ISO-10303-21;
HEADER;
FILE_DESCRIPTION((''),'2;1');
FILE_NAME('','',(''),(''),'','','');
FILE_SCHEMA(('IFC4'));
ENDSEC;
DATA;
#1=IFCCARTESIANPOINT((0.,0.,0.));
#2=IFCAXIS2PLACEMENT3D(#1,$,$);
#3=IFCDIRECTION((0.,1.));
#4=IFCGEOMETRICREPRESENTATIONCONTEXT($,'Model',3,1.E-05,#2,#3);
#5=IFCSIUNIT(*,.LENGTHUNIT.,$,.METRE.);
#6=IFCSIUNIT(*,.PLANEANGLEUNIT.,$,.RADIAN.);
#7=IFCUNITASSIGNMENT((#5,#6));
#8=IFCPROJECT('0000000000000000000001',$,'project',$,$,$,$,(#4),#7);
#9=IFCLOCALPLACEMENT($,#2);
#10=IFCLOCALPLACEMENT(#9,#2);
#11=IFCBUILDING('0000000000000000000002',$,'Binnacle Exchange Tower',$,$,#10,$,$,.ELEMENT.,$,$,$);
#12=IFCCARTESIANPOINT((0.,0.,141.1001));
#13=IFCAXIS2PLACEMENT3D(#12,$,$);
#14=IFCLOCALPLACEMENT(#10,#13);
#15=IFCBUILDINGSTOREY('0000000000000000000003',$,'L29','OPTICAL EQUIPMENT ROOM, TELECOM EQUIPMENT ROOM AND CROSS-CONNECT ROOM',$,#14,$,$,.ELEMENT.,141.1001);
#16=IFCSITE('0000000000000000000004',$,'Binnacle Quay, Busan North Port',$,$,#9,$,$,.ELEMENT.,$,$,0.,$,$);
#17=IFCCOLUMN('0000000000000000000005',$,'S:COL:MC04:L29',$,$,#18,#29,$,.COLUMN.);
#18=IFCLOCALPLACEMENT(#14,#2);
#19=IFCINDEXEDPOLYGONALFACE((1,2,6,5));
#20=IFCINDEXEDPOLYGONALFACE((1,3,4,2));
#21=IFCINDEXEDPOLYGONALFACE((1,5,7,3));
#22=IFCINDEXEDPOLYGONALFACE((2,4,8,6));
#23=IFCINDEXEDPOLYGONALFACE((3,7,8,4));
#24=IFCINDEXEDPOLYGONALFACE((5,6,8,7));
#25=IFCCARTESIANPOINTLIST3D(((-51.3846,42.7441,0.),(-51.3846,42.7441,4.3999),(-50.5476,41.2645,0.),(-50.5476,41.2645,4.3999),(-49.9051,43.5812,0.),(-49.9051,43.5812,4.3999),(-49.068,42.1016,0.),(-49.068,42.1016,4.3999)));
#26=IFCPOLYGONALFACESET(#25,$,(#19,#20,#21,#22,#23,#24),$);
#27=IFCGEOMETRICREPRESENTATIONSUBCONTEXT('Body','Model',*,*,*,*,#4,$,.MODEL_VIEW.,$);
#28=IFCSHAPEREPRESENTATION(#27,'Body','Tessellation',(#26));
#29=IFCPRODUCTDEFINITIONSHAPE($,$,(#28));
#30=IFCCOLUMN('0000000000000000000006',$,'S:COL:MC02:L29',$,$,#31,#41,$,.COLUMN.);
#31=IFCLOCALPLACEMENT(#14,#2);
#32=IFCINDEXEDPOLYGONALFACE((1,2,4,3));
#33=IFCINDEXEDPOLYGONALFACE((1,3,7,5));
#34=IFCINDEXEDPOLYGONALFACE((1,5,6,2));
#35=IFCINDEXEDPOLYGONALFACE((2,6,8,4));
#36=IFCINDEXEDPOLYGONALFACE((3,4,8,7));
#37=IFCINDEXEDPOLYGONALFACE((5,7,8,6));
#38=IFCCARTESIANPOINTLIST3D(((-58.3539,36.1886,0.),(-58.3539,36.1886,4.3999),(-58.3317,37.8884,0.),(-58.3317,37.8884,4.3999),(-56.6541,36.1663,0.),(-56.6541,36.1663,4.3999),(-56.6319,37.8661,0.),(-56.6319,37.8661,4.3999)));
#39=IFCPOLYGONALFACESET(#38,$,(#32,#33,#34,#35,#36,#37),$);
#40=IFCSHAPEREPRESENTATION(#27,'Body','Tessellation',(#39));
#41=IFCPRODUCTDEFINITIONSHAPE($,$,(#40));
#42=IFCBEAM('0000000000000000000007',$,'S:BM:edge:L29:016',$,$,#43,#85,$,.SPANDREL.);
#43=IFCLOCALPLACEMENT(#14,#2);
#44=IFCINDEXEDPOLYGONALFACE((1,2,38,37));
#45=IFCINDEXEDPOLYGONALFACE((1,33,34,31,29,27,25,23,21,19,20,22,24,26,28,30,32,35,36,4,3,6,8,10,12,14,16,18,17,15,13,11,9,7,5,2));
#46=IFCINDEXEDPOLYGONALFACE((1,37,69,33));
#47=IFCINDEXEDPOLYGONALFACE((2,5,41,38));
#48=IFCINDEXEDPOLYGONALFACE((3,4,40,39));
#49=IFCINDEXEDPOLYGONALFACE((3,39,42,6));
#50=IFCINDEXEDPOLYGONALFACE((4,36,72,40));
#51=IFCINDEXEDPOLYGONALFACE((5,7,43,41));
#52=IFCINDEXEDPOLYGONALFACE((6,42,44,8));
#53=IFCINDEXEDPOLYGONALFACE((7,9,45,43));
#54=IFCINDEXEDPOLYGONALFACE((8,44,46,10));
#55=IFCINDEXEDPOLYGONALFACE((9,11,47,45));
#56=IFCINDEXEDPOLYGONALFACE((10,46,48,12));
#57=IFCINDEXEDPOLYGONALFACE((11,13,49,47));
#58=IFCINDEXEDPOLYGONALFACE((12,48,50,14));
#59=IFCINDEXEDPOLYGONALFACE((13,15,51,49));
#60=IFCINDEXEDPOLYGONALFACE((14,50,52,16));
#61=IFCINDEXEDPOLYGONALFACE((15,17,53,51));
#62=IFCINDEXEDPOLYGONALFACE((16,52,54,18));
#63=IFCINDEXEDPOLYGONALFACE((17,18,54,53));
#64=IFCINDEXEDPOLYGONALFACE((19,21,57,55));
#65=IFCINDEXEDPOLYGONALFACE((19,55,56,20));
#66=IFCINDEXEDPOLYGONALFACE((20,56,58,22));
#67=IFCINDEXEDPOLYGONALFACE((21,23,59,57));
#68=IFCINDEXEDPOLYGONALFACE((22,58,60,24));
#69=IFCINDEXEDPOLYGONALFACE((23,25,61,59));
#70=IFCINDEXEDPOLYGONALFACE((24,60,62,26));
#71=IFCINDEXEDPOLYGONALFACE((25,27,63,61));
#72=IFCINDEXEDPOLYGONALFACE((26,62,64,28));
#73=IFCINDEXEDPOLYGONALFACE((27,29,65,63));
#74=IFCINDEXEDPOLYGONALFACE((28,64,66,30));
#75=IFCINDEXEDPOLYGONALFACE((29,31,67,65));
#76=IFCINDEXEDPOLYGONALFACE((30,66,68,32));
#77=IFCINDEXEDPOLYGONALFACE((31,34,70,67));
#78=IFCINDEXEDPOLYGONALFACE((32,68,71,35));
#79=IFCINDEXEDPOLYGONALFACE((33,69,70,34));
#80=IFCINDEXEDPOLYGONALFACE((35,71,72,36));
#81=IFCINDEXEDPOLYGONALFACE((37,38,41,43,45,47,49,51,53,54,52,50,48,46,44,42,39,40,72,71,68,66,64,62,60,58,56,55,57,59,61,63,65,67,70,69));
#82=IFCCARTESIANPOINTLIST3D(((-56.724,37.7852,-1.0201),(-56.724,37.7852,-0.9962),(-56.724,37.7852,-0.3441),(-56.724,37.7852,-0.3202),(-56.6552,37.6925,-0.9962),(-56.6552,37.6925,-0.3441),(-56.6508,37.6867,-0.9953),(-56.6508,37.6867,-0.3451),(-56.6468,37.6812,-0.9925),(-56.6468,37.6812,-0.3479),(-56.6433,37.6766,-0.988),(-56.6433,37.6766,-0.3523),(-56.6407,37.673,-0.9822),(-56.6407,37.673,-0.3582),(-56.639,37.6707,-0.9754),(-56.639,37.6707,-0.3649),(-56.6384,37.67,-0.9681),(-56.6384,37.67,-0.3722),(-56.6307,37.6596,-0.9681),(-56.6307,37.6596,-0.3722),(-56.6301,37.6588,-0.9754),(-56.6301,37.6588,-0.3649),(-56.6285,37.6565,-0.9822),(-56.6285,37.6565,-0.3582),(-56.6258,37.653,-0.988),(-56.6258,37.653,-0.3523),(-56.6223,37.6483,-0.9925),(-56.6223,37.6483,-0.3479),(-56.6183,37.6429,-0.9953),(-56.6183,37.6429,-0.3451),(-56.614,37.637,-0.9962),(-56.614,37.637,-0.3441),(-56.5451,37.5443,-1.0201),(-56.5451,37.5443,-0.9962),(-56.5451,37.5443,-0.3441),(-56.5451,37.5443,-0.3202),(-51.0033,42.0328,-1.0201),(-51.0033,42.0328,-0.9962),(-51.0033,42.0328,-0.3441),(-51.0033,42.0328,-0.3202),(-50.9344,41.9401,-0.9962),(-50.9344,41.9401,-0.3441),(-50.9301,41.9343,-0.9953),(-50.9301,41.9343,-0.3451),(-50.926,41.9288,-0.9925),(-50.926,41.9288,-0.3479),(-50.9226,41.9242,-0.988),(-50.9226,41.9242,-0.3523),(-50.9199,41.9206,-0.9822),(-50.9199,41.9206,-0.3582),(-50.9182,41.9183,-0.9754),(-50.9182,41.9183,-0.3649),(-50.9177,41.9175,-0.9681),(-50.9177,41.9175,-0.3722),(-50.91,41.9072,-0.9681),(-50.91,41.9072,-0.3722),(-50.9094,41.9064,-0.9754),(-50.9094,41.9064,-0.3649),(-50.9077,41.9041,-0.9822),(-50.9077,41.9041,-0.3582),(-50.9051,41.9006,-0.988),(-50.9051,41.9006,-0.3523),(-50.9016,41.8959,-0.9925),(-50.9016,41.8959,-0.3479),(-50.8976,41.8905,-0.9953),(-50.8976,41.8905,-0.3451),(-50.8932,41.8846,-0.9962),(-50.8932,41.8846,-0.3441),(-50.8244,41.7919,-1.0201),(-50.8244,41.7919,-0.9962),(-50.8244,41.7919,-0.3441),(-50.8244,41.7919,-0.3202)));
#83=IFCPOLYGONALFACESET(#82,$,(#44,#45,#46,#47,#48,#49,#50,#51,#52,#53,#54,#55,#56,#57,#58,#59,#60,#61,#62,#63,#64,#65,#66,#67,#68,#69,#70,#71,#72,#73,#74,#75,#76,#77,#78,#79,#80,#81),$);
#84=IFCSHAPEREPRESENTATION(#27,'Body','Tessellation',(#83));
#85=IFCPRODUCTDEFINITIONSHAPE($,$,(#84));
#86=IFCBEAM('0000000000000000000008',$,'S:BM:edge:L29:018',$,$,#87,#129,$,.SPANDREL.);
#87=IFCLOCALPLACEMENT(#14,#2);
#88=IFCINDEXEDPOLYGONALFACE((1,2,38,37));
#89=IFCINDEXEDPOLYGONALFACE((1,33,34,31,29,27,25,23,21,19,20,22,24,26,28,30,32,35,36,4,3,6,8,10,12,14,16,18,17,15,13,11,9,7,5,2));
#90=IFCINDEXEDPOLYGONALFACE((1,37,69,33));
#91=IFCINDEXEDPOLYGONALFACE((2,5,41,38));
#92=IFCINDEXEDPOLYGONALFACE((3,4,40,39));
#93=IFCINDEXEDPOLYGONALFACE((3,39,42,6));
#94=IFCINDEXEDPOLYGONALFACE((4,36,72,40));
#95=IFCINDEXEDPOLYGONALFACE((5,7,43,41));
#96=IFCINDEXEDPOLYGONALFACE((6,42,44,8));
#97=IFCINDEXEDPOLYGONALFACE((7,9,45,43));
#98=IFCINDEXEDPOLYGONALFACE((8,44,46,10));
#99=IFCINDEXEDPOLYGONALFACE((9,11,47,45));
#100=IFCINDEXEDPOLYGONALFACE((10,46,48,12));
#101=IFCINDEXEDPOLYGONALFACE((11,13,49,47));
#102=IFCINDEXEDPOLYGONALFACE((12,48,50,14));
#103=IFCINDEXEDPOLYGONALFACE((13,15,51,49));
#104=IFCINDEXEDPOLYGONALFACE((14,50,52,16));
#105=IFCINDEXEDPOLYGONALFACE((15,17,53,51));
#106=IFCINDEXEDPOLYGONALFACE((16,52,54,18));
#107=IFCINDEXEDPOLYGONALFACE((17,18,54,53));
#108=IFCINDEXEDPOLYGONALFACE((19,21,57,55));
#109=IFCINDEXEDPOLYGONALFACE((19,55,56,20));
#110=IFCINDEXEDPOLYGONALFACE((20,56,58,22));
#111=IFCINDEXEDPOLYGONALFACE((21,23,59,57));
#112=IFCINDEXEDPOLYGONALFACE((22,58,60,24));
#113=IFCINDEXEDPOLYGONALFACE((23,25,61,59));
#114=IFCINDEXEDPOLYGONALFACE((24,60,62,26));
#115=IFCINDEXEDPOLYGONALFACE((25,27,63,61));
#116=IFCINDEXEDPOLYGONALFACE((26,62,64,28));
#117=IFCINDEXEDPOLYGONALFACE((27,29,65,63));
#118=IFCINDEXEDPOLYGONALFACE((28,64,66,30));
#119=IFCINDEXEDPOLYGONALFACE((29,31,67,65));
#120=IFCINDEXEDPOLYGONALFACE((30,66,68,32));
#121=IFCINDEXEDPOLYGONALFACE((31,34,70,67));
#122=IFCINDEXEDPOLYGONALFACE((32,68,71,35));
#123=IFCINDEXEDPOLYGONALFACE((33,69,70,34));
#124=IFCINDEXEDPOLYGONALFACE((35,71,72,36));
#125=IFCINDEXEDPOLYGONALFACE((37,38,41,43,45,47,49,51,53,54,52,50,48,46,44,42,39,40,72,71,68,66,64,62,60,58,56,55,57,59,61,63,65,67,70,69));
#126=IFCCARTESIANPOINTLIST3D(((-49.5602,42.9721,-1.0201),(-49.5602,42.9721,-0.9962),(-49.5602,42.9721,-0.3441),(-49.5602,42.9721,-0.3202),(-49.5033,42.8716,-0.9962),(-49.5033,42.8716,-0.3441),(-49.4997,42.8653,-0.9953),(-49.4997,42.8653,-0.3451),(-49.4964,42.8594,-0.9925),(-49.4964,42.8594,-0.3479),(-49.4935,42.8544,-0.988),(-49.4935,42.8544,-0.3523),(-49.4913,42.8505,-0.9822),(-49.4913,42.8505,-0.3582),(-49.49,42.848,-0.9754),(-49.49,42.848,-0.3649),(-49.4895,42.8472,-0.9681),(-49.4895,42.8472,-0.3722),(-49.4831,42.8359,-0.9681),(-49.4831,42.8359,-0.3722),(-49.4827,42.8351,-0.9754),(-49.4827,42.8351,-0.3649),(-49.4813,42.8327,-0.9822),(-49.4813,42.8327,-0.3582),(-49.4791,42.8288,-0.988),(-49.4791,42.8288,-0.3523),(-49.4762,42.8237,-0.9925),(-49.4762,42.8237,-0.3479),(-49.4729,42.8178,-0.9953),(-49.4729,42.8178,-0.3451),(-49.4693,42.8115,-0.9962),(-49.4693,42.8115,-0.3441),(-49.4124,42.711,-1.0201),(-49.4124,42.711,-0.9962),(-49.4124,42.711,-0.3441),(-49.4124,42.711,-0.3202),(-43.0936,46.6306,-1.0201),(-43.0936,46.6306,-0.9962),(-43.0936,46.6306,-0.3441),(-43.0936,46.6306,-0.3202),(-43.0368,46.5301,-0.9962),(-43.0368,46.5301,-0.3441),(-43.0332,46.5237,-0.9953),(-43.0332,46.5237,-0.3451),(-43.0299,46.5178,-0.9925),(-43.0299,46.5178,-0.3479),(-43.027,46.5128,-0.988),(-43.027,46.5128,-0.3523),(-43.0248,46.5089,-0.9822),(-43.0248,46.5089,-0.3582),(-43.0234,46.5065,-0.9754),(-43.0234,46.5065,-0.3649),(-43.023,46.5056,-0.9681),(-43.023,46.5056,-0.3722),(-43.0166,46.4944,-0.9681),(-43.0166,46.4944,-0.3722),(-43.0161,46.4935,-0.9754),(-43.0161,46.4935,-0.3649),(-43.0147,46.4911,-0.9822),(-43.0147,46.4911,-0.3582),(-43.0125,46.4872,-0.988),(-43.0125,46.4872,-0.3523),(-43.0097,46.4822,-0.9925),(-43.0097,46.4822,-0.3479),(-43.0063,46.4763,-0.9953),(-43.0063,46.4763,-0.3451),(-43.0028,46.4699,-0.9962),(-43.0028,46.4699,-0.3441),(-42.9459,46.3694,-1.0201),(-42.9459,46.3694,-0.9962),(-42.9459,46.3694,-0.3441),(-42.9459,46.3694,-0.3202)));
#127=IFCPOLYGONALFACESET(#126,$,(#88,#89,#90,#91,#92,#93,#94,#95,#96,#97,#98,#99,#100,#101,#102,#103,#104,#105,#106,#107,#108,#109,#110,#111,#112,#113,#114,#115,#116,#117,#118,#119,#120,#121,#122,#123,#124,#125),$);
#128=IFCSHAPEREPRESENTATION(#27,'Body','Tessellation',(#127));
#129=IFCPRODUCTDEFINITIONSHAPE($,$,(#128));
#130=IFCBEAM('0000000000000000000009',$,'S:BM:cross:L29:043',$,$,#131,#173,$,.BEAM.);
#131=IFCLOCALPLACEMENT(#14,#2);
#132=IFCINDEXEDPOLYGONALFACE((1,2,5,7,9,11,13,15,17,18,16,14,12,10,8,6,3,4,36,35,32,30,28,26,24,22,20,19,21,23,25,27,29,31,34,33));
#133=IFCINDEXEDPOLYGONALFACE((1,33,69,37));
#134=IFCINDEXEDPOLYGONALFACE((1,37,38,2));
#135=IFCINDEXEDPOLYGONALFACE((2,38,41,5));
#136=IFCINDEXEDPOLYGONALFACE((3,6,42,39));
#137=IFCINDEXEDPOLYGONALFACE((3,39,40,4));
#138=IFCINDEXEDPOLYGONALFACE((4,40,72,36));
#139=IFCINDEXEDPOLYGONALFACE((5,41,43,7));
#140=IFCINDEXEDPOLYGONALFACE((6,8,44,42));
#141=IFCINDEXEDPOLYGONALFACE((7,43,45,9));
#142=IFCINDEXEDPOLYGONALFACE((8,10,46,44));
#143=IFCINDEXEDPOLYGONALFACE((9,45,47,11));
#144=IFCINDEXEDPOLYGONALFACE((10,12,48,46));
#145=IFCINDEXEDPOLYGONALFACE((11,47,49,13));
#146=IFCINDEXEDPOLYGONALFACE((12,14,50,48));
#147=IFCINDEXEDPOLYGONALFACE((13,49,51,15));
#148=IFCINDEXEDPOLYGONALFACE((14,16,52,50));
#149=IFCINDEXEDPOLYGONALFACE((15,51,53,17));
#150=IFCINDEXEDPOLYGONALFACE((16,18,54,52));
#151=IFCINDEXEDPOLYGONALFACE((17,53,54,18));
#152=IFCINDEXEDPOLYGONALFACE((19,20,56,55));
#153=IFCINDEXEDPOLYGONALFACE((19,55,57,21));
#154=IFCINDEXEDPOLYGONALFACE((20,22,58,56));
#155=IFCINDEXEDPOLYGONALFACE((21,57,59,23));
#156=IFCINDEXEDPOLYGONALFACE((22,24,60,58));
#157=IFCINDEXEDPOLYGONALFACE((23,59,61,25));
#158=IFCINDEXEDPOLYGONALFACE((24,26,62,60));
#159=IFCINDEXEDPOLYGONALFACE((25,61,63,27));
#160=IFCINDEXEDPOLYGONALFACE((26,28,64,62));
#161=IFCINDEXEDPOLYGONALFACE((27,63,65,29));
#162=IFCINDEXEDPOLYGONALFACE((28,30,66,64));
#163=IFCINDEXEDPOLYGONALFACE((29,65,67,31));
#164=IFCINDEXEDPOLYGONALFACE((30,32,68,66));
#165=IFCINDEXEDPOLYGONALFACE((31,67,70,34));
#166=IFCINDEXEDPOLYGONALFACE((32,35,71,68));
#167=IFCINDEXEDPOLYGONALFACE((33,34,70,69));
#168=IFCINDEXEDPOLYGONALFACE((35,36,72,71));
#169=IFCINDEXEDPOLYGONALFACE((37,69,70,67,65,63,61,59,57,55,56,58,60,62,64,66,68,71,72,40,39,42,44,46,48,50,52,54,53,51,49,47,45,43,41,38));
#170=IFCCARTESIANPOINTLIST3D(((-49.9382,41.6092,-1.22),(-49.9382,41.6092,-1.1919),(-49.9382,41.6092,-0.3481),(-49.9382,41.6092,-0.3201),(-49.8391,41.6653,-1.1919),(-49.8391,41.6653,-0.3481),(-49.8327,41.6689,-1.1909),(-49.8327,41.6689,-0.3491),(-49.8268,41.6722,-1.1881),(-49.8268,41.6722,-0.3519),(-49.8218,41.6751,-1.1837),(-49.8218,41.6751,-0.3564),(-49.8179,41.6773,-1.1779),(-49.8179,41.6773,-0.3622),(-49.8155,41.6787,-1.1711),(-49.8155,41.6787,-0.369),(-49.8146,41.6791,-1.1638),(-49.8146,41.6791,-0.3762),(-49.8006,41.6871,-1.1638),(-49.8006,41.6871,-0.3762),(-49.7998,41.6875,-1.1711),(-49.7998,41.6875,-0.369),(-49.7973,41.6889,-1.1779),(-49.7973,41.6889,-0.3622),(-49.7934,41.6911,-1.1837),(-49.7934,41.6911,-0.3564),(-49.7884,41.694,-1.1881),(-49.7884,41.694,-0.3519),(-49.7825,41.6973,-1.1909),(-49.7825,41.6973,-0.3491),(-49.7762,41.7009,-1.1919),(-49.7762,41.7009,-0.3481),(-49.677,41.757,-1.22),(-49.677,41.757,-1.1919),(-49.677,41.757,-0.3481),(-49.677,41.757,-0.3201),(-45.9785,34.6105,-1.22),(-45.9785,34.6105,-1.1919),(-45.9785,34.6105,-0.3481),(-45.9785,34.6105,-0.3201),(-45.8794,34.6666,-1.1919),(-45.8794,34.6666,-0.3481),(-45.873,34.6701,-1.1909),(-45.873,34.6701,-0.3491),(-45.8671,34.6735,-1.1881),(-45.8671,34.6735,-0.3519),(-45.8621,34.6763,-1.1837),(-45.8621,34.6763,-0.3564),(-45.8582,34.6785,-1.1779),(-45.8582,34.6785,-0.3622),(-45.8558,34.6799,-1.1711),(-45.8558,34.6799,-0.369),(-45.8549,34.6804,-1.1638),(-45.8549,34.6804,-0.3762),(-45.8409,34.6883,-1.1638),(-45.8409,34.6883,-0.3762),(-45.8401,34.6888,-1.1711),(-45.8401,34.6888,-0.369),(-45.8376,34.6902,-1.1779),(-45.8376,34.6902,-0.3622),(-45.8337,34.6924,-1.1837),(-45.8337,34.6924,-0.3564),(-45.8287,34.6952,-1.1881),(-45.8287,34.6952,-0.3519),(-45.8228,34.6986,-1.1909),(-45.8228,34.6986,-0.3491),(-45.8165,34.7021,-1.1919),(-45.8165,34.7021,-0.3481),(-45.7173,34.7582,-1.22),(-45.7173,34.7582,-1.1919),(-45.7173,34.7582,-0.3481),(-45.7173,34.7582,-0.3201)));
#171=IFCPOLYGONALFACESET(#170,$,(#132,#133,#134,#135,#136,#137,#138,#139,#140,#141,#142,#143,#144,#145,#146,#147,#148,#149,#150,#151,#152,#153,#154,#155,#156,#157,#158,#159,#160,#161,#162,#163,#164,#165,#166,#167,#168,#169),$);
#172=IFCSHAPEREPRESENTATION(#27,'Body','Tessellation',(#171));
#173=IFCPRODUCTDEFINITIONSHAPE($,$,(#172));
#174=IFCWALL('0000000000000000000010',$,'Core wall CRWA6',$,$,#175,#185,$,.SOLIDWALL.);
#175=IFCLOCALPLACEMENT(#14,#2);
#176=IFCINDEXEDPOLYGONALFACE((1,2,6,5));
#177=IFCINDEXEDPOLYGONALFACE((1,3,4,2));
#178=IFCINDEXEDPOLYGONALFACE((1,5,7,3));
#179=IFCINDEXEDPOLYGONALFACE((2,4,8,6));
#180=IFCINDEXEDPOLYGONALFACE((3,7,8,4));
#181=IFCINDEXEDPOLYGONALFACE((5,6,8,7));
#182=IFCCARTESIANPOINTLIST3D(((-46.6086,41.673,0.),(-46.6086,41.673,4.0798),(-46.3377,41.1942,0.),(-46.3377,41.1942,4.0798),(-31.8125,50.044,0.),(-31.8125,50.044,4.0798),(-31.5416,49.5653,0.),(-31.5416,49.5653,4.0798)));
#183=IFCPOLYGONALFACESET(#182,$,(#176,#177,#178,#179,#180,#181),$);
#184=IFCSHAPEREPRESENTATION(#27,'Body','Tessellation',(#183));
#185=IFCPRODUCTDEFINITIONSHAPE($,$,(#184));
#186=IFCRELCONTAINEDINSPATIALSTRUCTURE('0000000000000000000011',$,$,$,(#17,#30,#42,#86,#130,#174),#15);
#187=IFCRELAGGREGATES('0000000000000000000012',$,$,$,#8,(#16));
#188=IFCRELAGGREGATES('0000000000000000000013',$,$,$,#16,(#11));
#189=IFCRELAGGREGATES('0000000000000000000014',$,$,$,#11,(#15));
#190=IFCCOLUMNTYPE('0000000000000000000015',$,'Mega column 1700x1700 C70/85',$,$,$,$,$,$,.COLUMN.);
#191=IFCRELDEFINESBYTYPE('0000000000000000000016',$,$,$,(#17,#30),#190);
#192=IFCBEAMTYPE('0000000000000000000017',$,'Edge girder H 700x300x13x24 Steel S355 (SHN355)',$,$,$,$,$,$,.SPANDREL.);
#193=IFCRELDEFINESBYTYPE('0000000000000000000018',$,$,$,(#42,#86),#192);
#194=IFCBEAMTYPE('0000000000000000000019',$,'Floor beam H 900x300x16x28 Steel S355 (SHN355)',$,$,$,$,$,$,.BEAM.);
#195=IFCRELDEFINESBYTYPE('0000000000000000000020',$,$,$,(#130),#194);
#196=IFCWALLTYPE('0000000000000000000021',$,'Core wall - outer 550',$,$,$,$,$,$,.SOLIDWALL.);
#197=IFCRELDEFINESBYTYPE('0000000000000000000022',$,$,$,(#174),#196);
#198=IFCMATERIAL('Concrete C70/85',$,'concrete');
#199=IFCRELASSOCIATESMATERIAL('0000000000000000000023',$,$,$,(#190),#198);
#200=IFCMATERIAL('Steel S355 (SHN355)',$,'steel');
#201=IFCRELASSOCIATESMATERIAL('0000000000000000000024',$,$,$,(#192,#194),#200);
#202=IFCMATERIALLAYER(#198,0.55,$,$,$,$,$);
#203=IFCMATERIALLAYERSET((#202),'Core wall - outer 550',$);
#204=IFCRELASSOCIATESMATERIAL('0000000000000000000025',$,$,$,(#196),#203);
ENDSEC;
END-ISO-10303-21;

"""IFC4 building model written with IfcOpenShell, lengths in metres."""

from ifc_helpers import new_model, si_unit, direction, frame, frame_2d, origin, origin_2d, place, context, subcontext, project, spatial, rectangle, i_section, extrude, material, layer, layer_set, material_profile, profile_set, type_object, element, save


model = new_model("IFC4")

# Units and contexts
model_context = context("Model", 3, precision=1e-05, world=origin(), true_north=direction((0.0, 1.0)))
body_context = subcontext(model_context, "Body", "Model", "MODEL_VIEW")
ifc_project = project(units=[si_unit("LENGTHUNIT", "METRE"), si_unit("PLANEANGLEUNIT", "RADIAN")], contexts=[model_context])

# Site, building, storey
site_placement = place(None, origin())
site = spatial("IfcSite", under=ifc_project, at=site_placement, Name="Binnacle Quay, Busan North Port", CompositionType="ELEMENT", RefElevation=0.0)
building_placement = place(site_placement, origin())
building = spatial("IfcBuilding", under=site, at=building_placement, Name="Binnacle Exchange Tower", CompositionType="ELEMENT")
storey_placement = place(building_placement, frame((0.0, 0.0, 141.1001)))
storey = spatial("IfcBuildingStorey", under=building, at=storey_placement, Name="L29", Description="OPTICAL EQUIPMENT ROOM, TELECOM EQUIPMENT ROOM AND CROSS-CONNECT ROOM", CompositionType="ELEMENT", Elevation=141.1001)

# Columns
ifc_material_1 = material(Name="Concrete C70/85", Category="concrete")
ifc_material_profile_1 = material_profile(ifc_material_1, rectangle(XDim=1.7, YDim=1.7, at=origin_2d()), Name="Mega column 1700x1700 C70/85")
ifc_profile_set_1 = profile_set([ifc_material_profile_1], Name="Concrete C70/85")
column_type = type_object("IfcColumnType", Name="Mega column 1700x1700 C70/85", PredefinedType="COLUMN", material=ifc_profile_set_1)
for number, where, z_axis, x_axis, name in (
    (1, (-50.2263, 42.4229, 0.0), (0.0, 0.0, 1.0), (-0.870356, -0.492424, 0.0), "S:COL:MC04:L29"),
    (2, (-57.4929, 37.0273, 0.0), (0.0, 0.0, 1.0), (-0.01309, -0.999914, 0.0), "S:COL:MC02:L29"),
):
    element("IfcColumn", number, at=place(storey_placement, frame(where, z_axis=z_axis, x_axis=x_axis)), inside=storey, type_object=column_type, Name=name, PredefinedType="COLUMN", context=body_context, shape_type="SweptSolid", body=[
        extrude(rectangle(XDim=1.7, YDim=1.7, at=origin_2d()), origin(), (0.0, 0.0, 1.0), 4.3999),
    ])

# Beams
ifc_material_2 = material(Name="Steel S355 (SHN355)", Category="steel")
ifc_material_profile_2 = material_profile(ifc_material_2, i_section(OverallWidth=0.3, OverallDepth=0.7, WebThickness=0.0129, FlangeThickness=0.0239, FilletRadius=0.0281, at=origin_2d()), Name="H 700x300x13x24")
ifc_profile_set_2 = profile_set([ifc_material_profile_2], Name="Steel S355 (SHN355)")
beam_type_1 = type_object("IfcBeamType", Name="Edge girder H 700x300x13x24 Steel S355 (SHN355)", PredefinedType="SPANDREL", material=ifc_profile_set_2)
beam_1_placement = place(storey_placement, frame((-50.9138, 41.9124, -0.6702), z_axis=(-0.802885, -0.596133, 0.0), x_axis=(0.596133, -0.802885, 0.0)))
element("IfcBeam", 3, at=beam_1_placement, inside=storey, type_object=beam_type_1, Name="S:BM:edge:L29:016", PredefinedType="SPANDREL", context=body_context, shape_type="SweptSolid", body=[
    extrude(i_section(OverallWidth=0.3, OverallDepth=0.7, WebThickness=0.0129, FlangeThickness=0.0239, FilletRadius=0.0281, at=origin_2d()), origin(), (0.0, 0.0, 1.0), 7.1252),
])
beam_2_placement = place(storey_placement, frame((-43.0198, 46.5, -0.6702), z_axis=(-0.870364, -0.492408, 0.0), x_axis=(0.492408, -0.870364, 0.0)))
element("IfcBeam", 4, at=beam_2_placement, inside=storey, type_object=beam_type_1, Name="S:BM:edge:L29:018", PredefinedType="SPANDREL", context=body_context, shape_type="SweptSolid", body=[
    extrude(i_section(OverallWidth=0.3, OverallDepth=0.7, WebThickness=0.0129, FlangeThickness=0.0239, FilletRadius=0.0281, at=origin_2d()), origin(), (0.0, 0.0, 1.0), 7.4297),
])
ifc_material_profile_3 = material_profile(ifc_material_2, i_section(OverallWidth=0.3, OverallDepth=0.8999, WebThickness=0.0161, FlangeThickness=0.0281, FilletRadius=0.0281, at=origin_2d()), Name="H 900x300x16x28")
ifc_profile_set_3 = profile_set([ifc_material_profile_3], Name="Steel S355 (SHN355)")
beam_type_2 = type_object("IfcBeamType", Name="Floor beam H 900x300x16x28 Steel S355 (SHN355)", PredefinedType="BEAM", material=ifc_profile_set_3)
beam_3_placement = place(storey_placement, frame((-49.8076, 41.6831, -0.77), z_axis=(0.492423, -0.870356, 0.0), x_axis=(0.870356, 0.492423, 0.0)))
element("IfcBeam", 5, at=beam_3_placement, inside=storey, type_object=beam_type_2, Name="S:BM:cross:L29:043", PredefinedType="BEAM", context=body_context, shape_type="SweptSolid", body=[
    extrude(i_section(OverallWidth=0.3, OverallDepth=0.8999, WebThickness=0.0161, FlangeThickness=0.0281, FilletRadius=0.0281, at=origin_2d()), origin(), (0.0, 0.0, 1.0), 8.0413),
])

# Wall
ifc_layer_1 = layer(ifc_material_1, 0.55)
ifc_layer_set_1 = layer_set([ifc_layer_1], Name="Core wall - outer 550")
wall_type_1 = type_object("IfcWallType", Name="Core wall - outer 550", PredefinedType="SOLIDWALL", material=ifc_layer_set_1)
wall_1_placement = place(storey_placement, frame((-46.4731, 41.4336, 0.0), z_axis=(0.0, 0.0, 1.0), x_axis=(0.87036, 0.492416, 0.0)))
element("IfcWall", 6, at=wall_1_placement, inside=storey, type_object=wall_type_1, Name="Core wall CRWA6", PredefinedType="SOLIDWALL", context=body_context, shape_type="SweptSolid", body=[
    extrude(rectangle(XDim=17.0, YDim=0.55, at=frame_2d((8.5, 0.0))), origin(), (0.0, 0.0, 1.0), 4.0798),
])

save(model, "model.ifc")
